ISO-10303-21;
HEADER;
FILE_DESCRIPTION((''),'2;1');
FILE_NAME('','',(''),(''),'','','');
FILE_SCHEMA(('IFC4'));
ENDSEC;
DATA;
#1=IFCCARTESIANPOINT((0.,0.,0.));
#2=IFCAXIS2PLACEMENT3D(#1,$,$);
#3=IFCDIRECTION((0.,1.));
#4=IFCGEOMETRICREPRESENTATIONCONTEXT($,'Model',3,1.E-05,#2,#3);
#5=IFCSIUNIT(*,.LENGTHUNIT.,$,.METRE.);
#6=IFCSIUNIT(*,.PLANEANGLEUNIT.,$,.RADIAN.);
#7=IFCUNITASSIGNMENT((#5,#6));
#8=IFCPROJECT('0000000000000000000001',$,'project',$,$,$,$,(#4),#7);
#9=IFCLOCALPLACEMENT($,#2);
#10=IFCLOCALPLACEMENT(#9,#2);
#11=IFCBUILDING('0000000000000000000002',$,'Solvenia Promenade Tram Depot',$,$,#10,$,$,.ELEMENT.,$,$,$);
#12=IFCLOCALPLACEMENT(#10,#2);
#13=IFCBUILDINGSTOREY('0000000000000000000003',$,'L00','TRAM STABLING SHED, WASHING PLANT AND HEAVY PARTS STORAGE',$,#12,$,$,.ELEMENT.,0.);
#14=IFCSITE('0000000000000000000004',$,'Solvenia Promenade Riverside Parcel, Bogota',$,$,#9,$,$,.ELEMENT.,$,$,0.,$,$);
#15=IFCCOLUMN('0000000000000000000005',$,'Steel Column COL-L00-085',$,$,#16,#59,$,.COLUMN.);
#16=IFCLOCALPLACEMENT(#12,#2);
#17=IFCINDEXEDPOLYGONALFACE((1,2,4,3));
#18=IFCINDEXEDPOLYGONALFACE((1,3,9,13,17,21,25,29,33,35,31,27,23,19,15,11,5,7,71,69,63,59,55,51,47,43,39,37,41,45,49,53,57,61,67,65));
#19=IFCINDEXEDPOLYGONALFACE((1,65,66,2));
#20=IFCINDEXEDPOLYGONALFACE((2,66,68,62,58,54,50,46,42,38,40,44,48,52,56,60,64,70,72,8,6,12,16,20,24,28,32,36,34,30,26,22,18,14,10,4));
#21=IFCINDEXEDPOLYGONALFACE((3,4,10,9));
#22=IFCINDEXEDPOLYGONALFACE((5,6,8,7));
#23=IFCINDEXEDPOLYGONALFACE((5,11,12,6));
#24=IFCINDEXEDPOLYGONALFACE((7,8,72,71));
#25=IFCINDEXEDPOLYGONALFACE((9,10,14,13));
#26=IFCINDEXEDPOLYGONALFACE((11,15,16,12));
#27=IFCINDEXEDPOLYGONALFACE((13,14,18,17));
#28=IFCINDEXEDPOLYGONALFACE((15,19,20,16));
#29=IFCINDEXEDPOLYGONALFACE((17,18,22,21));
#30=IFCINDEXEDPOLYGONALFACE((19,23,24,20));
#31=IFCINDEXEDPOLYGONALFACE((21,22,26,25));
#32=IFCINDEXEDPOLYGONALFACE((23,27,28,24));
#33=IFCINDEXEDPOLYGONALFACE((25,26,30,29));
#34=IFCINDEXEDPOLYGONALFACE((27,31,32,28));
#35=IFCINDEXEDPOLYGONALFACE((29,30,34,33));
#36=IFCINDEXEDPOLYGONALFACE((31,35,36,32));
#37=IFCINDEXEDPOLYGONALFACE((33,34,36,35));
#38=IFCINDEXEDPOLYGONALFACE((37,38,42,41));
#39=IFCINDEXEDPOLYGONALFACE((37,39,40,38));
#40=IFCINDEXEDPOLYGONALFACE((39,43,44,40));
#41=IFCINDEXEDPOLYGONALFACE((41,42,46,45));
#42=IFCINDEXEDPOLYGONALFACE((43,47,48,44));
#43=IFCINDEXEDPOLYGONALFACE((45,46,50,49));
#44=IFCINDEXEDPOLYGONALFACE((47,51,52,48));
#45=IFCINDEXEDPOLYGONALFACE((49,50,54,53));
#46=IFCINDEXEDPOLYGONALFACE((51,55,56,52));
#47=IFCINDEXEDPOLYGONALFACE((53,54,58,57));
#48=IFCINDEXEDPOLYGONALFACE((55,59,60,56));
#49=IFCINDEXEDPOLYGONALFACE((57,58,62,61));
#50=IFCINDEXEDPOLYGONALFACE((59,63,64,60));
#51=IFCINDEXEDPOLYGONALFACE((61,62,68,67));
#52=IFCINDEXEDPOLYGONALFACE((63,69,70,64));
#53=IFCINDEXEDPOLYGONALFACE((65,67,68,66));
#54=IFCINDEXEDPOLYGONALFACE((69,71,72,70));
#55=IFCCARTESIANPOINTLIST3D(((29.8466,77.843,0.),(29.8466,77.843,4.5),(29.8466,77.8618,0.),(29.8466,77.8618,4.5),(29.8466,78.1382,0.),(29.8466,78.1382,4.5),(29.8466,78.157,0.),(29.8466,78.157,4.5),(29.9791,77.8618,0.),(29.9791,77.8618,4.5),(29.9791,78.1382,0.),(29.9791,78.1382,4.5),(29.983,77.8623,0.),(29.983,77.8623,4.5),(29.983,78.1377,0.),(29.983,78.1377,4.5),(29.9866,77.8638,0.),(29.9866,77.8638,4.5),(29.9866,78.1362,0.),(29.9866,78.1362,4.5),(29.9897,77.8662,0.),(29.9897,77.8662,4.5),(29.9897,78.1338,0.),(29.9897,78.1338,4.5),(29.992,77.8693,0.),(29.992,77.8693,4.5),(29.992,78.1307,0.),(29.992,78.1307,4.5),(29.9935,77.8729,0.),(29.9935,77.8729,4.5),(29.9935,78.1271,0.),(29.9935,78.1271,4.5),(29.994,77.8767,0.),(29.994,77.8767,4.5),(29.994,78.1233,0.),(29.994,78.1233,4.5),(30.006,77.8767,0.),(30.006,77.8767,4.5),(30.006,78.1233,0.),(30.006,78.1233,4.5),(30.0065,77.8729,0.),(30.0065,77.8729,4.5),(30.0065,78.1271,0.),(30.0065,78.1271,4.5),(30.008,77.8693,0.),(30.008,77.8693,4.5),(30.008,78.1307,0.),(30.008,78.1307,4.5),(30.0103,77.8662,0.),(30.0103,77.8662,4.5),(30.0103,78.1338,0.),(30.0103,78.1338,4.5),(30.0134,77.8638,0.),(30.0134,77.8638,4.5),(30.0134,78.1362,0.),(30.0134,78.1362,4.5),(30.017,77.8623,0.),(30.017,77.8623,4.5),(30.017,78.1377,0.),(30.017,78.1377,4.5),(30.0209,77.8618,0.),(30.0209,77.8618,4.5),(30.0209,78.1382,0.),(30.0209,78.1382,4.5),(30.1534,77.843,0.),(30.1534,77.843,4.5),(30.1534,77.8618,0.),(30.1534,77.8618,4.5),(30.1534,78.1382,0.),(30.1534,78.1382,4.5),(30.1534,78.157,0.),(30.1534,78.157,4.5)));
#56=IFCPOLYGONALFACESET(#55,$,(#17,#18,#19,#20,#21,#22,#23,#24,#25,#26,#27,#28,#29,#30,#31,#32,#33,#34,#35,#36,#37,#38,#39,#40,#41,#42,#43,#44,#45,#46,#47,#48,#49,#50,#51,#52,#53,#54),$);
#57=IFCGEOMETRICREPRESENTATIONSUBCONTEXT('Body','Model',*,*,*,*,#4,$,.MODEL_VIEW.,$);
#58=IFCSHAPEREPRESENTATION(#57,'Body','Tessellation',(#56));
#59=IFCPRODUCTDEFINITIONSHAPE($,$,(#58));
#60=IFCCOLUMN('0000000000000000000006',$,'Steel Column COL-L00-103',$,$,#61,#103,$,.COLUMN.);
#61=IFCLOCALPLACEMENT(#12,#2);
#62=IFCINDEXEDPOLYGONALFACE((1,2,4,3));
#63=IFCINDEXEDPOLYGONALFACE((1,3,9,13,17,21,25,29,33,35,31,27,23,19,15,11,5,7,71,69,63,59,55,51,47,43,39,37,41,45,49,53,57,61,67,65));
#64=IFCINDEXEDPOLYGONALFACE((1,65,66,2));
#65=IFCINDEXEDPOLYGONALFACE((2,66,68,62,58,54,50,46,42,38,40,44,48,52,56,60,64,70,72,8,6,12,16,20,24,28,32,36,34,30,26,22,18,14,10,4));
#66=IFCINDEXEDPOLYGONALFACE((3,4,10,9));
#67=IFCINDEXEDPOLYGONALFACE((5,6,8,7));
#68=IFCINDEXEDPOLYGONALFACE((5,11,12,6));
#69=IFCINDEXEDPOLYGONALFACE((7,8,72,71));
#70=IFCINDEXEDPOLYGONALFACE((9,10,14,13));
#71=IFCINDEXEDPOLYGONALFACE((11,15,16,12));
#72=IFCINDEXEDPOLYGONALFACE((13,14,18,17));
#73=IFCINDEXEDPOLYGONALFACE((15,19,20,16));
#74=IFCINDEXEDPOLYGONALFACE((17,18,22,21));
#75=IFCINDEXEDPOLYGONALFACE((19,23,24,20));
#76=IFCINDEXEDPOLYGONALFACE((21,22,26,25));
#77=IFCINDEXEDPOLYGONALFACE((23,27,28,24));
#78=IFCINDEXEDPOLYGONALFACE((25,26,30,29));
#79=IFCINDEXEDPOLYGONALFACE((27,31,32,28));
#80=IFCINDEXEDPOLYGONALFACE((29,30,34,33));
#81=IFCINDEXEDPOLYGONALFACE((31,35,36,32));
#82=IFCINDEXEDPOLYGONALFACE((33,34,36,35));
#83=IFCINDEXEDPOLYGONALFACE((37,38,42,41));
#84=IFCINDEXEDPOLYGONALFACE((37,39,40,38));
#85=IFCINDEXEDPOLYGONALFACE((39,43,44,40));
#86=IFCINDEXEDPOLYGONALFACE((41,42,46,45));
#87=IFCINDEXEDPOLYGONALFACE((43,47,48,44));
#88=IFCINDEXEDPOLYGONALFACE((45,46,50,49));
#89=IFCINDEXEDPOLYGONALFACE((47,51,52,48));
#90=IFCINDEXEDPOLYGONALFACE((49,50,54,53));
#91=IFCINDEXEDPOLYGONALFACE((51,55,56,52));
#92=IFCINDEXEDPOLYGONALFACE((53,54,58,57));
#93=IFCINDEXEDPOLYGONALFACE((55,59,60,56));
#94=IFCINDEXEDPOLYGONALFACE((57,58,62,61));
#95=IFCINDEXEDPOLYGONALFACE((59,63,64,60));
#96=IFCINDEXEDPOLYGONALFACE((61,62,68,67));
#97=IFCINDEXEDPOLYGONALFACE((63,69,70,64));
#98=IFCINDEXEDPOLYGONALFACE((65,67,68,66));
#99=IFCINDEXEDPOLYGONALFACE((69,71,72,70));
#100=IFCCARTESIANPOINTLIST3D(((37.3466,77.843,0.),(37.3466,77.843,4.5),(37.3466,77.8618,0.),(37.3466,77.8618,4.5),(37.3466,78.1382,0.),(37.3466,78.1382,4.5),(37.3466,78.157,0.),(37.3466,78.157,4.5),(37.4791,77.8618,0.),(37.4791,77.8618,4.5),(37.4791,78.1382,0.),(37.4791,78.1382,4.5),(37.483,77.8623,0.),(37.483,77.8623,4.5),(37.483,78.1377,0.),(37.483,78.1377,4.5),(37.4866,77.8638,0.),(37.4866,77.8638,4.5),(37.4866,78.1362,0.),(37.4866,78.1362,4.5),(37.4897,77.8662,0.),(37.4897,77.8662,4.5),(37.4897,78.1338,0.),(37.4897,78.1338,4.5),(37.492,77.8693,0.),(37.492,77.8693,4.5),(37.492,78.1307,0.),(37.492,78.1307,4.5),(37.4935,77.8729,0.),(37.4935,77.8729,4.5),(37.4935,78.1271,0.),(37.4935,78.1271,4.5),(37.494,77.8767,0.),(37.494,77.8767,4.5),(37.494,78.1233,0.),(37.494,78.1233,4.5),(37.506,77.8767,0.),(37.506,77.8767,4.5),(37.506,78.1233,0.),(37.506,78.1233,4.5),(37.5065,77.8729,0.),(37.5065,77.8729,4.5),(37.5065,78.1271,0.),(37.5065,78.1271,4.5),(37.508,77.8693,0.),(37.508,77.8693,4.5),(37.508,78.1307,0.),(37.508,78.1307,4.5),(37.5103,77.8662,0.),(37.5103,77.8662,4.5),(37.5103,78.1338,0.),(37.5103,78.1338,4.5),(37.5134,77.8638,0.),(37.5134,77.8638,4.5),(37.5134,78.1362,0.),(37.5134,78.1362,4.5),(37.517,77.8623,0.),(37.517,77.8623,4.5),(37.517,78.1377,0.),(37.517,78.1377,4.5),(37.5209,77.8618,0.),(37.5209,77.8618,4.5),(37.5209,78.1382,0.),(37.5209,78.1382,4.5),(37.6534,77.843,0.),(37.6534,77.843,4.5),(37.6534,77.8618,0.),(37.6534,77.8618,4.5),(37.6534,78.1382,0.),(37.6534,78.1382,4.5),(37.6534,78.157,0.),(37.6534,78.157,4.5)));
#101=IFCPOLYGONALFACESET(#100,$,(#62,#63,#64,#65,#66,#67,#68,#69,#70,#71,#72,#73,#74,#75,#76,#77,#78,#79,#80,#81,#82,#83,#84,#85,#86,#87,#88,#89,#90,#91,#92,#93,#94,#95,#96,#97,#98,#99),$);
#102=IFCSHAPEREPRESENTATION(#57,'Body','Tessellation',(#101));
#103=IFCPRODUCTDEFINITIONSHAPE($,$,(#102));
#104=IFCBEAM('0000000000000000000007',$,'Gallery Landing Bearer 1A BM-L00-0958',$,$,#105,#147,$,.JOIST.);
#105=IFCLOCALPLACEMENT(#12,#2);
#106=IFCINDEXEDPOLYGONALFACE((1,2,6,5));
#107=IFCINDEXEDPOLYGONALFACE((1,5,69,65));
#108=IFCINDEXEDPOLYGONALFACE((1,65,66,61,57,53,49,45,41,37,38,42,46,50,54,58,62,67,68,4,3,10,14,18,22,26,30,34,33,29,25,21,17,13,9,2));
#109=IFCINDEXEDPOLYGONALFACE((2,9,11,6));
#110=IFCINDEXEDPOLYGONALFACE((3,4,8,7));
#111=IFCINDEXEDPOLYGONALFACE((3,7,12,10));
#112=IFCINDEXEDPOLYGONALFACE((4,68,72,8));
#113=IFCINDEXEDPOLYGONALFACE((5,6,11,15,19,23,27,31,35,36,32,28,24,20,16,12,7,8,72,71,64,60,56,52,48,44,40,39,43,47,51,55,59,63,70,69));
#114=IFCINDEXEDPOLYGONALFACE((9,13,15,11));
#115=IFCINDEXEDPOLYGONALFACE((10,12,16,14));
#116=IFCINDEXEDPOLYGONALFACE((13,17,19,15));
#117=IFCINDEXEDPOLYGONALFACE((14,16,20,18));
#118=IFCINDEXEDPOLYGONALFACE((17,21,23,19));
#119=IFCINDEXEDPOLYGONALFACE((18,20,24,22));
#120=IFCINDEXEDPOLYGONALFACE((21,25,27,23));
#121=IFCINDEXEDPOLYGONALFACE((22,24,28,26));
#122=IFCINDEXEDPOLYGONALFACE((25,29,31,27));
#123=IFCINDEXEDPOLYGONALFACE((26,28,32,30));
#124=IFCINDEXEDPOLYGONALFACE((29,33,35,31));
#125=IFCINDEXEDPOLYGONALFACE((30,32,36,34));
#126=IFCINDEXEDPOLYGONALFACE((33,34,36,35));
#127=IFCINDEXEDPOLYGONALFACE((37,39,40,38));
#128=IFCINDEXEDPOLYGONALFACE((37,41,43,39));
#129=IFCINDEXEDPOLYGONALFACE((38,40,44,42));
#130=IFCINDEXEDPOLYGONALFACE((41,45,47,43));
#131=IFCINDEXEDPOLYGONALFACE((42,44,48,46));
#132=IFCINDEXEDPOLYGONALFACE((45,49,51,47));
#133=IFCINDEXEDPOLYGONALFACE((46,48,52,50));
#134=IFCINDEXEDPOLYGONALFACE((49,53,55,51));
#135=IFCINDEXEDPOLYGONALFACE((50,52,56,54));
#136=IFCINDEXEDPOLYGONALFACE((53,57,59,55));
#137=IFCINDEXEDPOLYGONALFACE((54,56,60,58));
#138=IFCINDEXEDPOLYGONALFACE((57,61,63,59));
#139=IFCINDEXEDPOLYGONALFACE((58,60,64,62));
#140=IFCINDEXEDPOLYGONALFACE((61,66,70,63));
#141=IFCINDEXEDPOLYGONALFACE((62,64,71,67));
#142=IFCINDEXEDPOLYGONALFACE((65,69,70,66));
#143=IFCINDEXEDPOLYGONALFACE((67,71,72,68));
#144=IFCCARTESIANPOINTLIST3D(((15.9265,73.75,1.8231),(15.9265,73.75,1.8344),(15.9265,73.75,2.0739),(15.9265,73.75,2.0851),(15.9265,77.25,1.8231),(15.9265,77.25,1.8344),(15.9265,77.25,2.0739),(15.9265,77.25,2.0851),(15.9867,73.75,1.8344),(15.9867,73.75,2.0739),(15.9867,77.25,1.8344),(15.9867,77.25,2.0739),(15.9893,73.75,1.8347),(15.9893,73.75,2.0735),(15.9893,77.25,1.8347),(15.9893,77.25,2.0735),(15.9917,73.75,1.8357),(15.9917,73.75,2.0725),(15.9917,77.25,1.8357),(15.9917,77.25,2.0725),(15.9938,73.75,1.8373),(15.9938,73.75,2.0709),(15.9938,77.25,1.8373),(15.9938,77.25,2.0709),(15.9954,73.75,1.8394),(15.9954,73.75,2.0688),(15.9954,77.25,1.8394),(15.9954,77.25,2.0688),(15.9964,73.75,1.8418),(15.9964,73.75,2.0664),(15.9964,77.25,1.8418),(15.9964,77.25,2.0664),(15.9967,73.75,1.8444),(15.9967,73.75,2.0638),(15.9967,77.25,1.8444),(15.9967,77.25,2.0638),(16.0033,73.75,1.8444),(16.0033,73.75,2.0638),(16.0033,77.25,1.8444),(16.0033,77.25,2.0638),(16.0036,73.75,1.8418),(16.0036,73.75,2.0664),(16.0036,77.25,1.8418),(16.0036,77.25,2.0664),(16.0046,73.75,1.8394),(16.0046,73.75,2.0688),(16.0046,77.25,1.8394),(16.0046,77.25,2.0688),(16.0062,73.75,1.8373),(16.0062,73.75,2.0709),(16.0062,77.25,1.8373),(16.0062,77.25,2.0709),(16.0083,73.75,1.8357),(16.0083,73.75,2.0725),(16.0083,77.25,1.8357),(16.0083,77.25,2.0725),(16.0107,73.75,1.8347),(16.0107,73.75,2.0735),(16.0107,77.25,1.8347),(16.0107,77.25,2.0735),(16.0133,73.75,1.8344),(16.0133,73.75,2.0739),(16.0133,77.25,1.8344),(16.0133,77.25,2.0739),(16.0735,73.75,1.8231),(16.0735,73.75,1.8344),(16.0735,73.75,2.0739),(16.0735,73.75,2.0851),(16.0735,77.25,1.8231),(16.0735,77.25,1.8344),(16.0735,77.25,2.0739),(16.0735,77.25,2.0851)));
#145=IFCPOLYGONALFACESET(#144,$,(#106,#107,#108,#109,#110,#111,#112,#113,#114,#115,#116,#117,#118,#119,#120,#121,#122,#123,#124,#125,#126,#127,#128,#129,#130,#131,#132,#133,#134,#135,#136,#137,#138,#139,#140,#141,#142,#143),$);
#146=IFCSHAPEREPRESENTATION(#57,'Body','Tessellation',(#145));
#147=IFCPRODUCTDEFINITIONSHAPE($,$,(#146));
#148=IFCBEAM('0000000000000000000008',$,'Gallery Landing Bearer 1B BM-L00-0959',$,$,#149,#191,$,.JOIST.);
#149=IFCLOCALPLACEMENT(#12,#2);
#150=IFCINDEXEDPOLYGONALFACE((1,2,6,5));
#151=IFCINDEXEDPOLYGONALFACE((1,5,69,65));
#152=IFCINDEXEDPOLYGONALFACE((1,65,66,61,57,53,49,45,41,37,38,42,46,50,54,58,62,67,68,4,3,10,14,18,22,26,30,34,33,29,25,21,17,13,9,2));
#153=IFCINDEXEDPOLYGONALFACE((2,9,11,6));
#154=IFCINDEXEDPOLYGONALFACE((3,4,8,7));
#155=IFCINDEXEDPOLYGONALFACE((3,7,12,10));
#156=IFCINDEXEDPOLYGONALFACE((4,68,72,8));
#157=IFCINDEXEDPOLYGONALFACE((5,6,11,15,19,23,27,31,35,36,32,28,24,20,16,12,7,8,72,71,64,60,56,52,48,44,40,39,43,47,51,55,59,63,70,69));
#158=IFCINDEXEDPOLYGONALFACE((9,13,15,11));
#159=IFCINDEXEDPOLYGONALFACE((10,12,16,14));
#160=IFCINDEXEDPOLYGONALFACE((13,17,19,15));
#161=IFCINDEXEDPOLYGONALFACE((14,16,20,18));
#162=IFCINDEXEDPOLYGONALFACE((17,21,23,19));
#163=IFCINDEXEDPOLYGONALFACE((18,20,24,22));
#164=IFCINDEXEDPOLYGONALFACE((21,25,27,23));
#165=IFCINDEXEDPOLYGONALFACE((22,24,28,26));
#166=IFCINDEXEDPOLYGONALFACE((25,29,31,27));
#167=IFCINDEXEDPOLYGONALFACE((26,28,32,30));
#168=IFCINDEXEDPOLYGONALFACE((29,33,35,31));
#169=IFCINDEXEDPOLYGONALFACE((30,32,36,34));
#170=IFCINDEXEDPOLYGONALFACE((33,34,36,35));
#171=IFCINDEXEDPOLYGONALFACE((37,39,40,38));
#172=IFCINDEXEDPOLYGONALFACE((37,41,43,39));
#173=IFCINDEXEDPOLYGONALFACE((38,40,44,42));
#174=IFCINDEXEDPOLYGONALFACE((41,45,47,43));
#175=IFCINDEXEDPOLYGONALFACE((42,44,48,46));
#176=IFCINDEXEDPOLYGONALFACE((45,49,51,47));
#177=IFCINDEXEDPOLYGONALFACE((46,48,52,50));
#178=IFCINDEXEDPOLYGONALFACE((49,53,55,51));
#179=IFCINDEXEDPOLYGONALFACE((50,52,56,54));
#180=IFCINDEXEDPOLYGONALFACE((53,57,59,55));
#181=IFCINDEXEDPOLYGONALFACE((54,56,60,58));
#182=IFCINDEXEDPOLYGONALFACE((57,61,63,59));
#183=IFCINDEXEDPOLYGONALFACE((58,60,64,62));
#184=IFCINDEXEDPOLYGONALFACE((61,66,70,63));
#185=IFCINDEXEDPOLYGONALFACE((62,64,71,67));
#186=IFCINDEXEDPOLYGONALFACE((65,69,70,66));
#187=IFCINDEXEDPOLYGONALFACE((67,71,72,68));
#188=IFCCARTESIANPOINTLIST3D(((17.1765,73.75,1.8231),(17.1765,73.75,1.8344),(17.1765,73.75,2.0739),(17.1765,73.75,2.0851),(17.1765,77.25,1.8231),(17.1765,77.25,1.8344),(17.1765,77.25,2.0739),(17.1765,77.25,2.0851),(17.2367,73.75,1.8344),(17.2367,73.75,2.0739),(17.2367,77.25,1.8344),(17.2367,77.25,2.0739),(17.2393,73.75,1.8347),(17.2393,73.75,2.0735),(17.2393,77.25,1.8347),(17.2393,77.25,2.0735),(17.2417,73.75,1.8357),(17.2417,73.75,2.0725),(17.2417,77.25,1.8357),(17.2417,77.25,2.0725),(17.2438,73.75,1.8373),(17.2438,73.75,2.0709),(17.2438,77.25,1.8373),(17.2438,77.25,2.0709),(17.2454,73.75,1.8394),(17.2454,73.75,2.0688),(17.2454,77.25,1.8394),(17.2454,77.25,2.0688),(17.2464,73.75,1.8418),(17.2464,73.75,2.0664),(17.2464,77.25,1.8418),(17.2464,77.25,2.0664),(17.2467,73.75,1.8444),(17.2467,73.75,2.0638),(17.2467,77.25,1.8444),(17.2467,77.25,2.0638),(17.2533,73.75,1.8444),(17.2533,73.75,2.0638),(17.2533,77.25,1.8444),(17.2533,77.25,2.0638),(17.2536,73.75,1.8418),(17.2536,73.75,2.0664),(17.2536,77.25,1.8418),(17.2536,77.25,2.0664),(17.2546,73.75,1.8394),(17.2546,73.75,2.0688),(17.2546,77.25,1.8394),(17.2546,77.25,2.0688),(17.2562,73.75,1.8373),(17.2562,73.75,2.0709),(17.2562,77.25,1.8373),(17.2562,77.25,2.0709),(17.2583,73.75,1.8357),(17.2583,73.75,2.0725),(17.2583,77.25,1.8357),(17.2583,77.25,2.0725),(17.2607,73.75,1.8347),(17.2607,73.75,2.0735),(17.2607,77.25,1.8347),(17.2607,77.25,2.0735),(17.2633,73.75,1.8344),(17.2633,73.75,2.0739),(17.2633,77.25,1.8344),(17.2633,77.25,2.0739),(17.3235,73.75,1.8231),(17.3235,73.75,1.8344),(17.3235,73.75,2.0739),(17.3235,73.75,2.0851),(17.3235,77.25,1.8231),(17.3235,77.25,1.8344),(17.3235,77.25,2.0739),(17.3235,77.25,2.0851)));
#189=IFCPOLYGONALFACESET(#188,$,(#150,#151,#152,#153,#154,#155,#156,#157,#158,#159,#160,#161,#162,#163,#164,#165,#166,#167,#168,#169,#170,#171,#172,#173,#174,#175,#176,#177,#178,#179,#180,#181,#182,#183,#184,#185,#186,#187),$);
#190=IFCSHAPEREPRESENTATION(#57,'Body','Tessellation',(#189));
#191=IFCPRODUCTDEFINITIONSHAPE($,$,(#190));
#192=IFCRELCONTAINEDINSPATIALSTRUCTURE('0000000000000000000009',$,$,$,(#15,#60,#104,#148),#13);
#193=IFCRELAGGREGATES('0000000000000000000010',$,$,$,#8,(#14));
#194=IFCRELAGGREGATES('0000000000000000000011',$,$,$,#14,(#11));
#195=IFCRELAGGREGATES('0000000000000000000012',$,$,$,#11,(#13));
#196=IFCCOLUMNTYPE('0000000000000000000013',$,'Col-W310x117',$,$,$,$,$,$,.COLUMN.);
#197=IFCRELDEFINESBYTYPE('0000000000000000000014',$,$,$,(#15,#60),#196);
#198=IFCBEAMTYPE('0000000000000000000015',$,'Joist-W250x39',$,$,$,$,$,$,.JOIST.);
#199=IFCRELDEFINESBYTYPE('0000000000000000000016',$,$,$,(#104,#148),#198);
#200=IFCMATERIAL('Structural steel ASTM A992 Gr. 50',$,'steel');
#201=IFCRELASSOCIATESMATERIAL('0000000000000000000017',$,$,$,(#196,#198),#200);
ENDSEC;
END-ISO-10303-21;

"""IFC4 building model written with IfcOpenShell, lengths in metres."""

from ifc_helpers import new_model, si_unit, direction, frame, origin, origin_2d, place, context, subcontext, project, spatial, i_section, extrude, material, material_profile, profile_set, type_object, element, save


model = new_model("IFC4")

# Units and contexts
model_context = context("Model", 3, precision=1e-05, world=origin(), true_north=direction((0.0, 1.0)))
body_context = subcontext(model_context, "Body", "Model", "MODEL_VIEW")
ifc_project = project(units=[si_unit("LENGTHUNIT", "METRE"), si_unit("PLANEANGLEUNIT", "RADIAN")], contexts=[model_context])

# Site, building, storey
site_placement = place(None, origin())
site = spatial("IfcSite", under=ifc_project, at=site_placement, Name="Solvenia Promenade Riverside Parcel, Bogota", CompositionType="ELEMENT", RefElevation=0.0)
building_placement = place(site_placement, origin())
building = spatial("IfcBuilding", under=site, at=building_placement, Name="Solvenia Promenade Tram Depot", CompositionType="ELEMENT")
storey_placement = place(building_placement, origin())
storey = spatial("IfcBuildingStorey", under=building, at=storey_placement, Name="L00", Description="TRAM STABLING SHED, WASHING PLANT AND HEAVY PARTS STORAGE", CompositionType="ELEMENT", Elevation=0.0)

# Columns
ifc_material_1 = material(Name="Structural steel ASTM A992 Gr. 50", Category="steel")
ifc_material_profile_1 = material_profile(ifc_material_1, i_section(OverallWidth=0.3069, OverallDepth=0.314, WebThickness=0.012, FlangeThickness=0.0188, FilletRadius=0.0149, at=origin_2d()), Name="W310x117", Category="steel")
ifc_profile_set_1 = profile_set([ifc_material_profile_1], Name="Structural steel ASTM A992 Gr. 50")
column_type_1 = type_object("IfcColumnType", Name="Col-W310x117", PredefinedType="COLUMN", material=ifc_profile_set_1)
for number, where, z_axis, x_axis, name in (
    (1, (30.0, 78.0, 0.0), (0.0, 0.0, 1.0), (1.0, 0.0, 0.0), "Steel Column COL-L00-085"),
    (2, (37.5, 78.0, 0.0), (0.0, 0.0, 1.0), (1.0, 0.0, 0.0), "Steel Column COL-L00-103"),
):
    element("IfcColumn", number, at=place(storey_placement, frame(where, z_axis=z_axis, x_axis=x_axis)), inside=storey, type_object=column_type_1, Name=name, PredefinedType="COLUMN", context=body_context, shape_type="SweptSolid", body=[
        extrude(i_section(OverallWidth=0.3069, OverallDepth=0.314, WebThickness=0.012, FlangeThickness=0.0188, FilletRadius=0.0149, at=origin_2d()), origin(), (0.0, 0.0, 1.0), 4.5),
    ])

# Beams
ifc_material_profile_2 = material_profile(ifc_material_1, i_section(OverallWidth=0.147, OverallDepth=0.262, WebThickness=0.0066, FlangeThickness=0.0112, FilletRadius=0.01, at=origin_2d()), Name="W250x39", Category="steel")
ifc_profile_set_2 = profile_set([ifc_material_profile_2], Name="Structural steel ASTM A992 Gr. 50")
beam_type = type_object("IfcBeamType", Name="Joist-W250x39", PredefinedType="JOIST", material=ifc_profile_set_2)
for number, where, z_axis, x_axis, name in (
    (3, (16.0, 73.75, 1.9541), (0.0, 1.0, 0.0), (-1.0, 0.0, 0.0), "Gallery Landing Bearer 1A BM-L00-0958"),
    (4, (17.25, 73.75, 1.9541), (0.0, 1.0, 0.0), (-1.0, 0.0, 0.0), "Gallery Landing Bearer 1B BM-L00-0959"),
):
    element("IfcBeam", number, at=place(storey_placement, frame(where, z_axis=z_axis, x_axis=x_axis)), inside=storey, type_object=beam_type, Name=name, PredefinedType="JOIST", context=body_context, shape_type="SweptSolid", body=[
        extrude(i_section(OverallWidth=0.147, OverallDepth=0.262, WebThickness=0.0066, FlangeThickness=0.0112, FilletRadius=0.01, at=origin_2d()), origin(), (0.0, 0.0, 1.0), 3.5),
    ])

save(model, "model.ifc")
